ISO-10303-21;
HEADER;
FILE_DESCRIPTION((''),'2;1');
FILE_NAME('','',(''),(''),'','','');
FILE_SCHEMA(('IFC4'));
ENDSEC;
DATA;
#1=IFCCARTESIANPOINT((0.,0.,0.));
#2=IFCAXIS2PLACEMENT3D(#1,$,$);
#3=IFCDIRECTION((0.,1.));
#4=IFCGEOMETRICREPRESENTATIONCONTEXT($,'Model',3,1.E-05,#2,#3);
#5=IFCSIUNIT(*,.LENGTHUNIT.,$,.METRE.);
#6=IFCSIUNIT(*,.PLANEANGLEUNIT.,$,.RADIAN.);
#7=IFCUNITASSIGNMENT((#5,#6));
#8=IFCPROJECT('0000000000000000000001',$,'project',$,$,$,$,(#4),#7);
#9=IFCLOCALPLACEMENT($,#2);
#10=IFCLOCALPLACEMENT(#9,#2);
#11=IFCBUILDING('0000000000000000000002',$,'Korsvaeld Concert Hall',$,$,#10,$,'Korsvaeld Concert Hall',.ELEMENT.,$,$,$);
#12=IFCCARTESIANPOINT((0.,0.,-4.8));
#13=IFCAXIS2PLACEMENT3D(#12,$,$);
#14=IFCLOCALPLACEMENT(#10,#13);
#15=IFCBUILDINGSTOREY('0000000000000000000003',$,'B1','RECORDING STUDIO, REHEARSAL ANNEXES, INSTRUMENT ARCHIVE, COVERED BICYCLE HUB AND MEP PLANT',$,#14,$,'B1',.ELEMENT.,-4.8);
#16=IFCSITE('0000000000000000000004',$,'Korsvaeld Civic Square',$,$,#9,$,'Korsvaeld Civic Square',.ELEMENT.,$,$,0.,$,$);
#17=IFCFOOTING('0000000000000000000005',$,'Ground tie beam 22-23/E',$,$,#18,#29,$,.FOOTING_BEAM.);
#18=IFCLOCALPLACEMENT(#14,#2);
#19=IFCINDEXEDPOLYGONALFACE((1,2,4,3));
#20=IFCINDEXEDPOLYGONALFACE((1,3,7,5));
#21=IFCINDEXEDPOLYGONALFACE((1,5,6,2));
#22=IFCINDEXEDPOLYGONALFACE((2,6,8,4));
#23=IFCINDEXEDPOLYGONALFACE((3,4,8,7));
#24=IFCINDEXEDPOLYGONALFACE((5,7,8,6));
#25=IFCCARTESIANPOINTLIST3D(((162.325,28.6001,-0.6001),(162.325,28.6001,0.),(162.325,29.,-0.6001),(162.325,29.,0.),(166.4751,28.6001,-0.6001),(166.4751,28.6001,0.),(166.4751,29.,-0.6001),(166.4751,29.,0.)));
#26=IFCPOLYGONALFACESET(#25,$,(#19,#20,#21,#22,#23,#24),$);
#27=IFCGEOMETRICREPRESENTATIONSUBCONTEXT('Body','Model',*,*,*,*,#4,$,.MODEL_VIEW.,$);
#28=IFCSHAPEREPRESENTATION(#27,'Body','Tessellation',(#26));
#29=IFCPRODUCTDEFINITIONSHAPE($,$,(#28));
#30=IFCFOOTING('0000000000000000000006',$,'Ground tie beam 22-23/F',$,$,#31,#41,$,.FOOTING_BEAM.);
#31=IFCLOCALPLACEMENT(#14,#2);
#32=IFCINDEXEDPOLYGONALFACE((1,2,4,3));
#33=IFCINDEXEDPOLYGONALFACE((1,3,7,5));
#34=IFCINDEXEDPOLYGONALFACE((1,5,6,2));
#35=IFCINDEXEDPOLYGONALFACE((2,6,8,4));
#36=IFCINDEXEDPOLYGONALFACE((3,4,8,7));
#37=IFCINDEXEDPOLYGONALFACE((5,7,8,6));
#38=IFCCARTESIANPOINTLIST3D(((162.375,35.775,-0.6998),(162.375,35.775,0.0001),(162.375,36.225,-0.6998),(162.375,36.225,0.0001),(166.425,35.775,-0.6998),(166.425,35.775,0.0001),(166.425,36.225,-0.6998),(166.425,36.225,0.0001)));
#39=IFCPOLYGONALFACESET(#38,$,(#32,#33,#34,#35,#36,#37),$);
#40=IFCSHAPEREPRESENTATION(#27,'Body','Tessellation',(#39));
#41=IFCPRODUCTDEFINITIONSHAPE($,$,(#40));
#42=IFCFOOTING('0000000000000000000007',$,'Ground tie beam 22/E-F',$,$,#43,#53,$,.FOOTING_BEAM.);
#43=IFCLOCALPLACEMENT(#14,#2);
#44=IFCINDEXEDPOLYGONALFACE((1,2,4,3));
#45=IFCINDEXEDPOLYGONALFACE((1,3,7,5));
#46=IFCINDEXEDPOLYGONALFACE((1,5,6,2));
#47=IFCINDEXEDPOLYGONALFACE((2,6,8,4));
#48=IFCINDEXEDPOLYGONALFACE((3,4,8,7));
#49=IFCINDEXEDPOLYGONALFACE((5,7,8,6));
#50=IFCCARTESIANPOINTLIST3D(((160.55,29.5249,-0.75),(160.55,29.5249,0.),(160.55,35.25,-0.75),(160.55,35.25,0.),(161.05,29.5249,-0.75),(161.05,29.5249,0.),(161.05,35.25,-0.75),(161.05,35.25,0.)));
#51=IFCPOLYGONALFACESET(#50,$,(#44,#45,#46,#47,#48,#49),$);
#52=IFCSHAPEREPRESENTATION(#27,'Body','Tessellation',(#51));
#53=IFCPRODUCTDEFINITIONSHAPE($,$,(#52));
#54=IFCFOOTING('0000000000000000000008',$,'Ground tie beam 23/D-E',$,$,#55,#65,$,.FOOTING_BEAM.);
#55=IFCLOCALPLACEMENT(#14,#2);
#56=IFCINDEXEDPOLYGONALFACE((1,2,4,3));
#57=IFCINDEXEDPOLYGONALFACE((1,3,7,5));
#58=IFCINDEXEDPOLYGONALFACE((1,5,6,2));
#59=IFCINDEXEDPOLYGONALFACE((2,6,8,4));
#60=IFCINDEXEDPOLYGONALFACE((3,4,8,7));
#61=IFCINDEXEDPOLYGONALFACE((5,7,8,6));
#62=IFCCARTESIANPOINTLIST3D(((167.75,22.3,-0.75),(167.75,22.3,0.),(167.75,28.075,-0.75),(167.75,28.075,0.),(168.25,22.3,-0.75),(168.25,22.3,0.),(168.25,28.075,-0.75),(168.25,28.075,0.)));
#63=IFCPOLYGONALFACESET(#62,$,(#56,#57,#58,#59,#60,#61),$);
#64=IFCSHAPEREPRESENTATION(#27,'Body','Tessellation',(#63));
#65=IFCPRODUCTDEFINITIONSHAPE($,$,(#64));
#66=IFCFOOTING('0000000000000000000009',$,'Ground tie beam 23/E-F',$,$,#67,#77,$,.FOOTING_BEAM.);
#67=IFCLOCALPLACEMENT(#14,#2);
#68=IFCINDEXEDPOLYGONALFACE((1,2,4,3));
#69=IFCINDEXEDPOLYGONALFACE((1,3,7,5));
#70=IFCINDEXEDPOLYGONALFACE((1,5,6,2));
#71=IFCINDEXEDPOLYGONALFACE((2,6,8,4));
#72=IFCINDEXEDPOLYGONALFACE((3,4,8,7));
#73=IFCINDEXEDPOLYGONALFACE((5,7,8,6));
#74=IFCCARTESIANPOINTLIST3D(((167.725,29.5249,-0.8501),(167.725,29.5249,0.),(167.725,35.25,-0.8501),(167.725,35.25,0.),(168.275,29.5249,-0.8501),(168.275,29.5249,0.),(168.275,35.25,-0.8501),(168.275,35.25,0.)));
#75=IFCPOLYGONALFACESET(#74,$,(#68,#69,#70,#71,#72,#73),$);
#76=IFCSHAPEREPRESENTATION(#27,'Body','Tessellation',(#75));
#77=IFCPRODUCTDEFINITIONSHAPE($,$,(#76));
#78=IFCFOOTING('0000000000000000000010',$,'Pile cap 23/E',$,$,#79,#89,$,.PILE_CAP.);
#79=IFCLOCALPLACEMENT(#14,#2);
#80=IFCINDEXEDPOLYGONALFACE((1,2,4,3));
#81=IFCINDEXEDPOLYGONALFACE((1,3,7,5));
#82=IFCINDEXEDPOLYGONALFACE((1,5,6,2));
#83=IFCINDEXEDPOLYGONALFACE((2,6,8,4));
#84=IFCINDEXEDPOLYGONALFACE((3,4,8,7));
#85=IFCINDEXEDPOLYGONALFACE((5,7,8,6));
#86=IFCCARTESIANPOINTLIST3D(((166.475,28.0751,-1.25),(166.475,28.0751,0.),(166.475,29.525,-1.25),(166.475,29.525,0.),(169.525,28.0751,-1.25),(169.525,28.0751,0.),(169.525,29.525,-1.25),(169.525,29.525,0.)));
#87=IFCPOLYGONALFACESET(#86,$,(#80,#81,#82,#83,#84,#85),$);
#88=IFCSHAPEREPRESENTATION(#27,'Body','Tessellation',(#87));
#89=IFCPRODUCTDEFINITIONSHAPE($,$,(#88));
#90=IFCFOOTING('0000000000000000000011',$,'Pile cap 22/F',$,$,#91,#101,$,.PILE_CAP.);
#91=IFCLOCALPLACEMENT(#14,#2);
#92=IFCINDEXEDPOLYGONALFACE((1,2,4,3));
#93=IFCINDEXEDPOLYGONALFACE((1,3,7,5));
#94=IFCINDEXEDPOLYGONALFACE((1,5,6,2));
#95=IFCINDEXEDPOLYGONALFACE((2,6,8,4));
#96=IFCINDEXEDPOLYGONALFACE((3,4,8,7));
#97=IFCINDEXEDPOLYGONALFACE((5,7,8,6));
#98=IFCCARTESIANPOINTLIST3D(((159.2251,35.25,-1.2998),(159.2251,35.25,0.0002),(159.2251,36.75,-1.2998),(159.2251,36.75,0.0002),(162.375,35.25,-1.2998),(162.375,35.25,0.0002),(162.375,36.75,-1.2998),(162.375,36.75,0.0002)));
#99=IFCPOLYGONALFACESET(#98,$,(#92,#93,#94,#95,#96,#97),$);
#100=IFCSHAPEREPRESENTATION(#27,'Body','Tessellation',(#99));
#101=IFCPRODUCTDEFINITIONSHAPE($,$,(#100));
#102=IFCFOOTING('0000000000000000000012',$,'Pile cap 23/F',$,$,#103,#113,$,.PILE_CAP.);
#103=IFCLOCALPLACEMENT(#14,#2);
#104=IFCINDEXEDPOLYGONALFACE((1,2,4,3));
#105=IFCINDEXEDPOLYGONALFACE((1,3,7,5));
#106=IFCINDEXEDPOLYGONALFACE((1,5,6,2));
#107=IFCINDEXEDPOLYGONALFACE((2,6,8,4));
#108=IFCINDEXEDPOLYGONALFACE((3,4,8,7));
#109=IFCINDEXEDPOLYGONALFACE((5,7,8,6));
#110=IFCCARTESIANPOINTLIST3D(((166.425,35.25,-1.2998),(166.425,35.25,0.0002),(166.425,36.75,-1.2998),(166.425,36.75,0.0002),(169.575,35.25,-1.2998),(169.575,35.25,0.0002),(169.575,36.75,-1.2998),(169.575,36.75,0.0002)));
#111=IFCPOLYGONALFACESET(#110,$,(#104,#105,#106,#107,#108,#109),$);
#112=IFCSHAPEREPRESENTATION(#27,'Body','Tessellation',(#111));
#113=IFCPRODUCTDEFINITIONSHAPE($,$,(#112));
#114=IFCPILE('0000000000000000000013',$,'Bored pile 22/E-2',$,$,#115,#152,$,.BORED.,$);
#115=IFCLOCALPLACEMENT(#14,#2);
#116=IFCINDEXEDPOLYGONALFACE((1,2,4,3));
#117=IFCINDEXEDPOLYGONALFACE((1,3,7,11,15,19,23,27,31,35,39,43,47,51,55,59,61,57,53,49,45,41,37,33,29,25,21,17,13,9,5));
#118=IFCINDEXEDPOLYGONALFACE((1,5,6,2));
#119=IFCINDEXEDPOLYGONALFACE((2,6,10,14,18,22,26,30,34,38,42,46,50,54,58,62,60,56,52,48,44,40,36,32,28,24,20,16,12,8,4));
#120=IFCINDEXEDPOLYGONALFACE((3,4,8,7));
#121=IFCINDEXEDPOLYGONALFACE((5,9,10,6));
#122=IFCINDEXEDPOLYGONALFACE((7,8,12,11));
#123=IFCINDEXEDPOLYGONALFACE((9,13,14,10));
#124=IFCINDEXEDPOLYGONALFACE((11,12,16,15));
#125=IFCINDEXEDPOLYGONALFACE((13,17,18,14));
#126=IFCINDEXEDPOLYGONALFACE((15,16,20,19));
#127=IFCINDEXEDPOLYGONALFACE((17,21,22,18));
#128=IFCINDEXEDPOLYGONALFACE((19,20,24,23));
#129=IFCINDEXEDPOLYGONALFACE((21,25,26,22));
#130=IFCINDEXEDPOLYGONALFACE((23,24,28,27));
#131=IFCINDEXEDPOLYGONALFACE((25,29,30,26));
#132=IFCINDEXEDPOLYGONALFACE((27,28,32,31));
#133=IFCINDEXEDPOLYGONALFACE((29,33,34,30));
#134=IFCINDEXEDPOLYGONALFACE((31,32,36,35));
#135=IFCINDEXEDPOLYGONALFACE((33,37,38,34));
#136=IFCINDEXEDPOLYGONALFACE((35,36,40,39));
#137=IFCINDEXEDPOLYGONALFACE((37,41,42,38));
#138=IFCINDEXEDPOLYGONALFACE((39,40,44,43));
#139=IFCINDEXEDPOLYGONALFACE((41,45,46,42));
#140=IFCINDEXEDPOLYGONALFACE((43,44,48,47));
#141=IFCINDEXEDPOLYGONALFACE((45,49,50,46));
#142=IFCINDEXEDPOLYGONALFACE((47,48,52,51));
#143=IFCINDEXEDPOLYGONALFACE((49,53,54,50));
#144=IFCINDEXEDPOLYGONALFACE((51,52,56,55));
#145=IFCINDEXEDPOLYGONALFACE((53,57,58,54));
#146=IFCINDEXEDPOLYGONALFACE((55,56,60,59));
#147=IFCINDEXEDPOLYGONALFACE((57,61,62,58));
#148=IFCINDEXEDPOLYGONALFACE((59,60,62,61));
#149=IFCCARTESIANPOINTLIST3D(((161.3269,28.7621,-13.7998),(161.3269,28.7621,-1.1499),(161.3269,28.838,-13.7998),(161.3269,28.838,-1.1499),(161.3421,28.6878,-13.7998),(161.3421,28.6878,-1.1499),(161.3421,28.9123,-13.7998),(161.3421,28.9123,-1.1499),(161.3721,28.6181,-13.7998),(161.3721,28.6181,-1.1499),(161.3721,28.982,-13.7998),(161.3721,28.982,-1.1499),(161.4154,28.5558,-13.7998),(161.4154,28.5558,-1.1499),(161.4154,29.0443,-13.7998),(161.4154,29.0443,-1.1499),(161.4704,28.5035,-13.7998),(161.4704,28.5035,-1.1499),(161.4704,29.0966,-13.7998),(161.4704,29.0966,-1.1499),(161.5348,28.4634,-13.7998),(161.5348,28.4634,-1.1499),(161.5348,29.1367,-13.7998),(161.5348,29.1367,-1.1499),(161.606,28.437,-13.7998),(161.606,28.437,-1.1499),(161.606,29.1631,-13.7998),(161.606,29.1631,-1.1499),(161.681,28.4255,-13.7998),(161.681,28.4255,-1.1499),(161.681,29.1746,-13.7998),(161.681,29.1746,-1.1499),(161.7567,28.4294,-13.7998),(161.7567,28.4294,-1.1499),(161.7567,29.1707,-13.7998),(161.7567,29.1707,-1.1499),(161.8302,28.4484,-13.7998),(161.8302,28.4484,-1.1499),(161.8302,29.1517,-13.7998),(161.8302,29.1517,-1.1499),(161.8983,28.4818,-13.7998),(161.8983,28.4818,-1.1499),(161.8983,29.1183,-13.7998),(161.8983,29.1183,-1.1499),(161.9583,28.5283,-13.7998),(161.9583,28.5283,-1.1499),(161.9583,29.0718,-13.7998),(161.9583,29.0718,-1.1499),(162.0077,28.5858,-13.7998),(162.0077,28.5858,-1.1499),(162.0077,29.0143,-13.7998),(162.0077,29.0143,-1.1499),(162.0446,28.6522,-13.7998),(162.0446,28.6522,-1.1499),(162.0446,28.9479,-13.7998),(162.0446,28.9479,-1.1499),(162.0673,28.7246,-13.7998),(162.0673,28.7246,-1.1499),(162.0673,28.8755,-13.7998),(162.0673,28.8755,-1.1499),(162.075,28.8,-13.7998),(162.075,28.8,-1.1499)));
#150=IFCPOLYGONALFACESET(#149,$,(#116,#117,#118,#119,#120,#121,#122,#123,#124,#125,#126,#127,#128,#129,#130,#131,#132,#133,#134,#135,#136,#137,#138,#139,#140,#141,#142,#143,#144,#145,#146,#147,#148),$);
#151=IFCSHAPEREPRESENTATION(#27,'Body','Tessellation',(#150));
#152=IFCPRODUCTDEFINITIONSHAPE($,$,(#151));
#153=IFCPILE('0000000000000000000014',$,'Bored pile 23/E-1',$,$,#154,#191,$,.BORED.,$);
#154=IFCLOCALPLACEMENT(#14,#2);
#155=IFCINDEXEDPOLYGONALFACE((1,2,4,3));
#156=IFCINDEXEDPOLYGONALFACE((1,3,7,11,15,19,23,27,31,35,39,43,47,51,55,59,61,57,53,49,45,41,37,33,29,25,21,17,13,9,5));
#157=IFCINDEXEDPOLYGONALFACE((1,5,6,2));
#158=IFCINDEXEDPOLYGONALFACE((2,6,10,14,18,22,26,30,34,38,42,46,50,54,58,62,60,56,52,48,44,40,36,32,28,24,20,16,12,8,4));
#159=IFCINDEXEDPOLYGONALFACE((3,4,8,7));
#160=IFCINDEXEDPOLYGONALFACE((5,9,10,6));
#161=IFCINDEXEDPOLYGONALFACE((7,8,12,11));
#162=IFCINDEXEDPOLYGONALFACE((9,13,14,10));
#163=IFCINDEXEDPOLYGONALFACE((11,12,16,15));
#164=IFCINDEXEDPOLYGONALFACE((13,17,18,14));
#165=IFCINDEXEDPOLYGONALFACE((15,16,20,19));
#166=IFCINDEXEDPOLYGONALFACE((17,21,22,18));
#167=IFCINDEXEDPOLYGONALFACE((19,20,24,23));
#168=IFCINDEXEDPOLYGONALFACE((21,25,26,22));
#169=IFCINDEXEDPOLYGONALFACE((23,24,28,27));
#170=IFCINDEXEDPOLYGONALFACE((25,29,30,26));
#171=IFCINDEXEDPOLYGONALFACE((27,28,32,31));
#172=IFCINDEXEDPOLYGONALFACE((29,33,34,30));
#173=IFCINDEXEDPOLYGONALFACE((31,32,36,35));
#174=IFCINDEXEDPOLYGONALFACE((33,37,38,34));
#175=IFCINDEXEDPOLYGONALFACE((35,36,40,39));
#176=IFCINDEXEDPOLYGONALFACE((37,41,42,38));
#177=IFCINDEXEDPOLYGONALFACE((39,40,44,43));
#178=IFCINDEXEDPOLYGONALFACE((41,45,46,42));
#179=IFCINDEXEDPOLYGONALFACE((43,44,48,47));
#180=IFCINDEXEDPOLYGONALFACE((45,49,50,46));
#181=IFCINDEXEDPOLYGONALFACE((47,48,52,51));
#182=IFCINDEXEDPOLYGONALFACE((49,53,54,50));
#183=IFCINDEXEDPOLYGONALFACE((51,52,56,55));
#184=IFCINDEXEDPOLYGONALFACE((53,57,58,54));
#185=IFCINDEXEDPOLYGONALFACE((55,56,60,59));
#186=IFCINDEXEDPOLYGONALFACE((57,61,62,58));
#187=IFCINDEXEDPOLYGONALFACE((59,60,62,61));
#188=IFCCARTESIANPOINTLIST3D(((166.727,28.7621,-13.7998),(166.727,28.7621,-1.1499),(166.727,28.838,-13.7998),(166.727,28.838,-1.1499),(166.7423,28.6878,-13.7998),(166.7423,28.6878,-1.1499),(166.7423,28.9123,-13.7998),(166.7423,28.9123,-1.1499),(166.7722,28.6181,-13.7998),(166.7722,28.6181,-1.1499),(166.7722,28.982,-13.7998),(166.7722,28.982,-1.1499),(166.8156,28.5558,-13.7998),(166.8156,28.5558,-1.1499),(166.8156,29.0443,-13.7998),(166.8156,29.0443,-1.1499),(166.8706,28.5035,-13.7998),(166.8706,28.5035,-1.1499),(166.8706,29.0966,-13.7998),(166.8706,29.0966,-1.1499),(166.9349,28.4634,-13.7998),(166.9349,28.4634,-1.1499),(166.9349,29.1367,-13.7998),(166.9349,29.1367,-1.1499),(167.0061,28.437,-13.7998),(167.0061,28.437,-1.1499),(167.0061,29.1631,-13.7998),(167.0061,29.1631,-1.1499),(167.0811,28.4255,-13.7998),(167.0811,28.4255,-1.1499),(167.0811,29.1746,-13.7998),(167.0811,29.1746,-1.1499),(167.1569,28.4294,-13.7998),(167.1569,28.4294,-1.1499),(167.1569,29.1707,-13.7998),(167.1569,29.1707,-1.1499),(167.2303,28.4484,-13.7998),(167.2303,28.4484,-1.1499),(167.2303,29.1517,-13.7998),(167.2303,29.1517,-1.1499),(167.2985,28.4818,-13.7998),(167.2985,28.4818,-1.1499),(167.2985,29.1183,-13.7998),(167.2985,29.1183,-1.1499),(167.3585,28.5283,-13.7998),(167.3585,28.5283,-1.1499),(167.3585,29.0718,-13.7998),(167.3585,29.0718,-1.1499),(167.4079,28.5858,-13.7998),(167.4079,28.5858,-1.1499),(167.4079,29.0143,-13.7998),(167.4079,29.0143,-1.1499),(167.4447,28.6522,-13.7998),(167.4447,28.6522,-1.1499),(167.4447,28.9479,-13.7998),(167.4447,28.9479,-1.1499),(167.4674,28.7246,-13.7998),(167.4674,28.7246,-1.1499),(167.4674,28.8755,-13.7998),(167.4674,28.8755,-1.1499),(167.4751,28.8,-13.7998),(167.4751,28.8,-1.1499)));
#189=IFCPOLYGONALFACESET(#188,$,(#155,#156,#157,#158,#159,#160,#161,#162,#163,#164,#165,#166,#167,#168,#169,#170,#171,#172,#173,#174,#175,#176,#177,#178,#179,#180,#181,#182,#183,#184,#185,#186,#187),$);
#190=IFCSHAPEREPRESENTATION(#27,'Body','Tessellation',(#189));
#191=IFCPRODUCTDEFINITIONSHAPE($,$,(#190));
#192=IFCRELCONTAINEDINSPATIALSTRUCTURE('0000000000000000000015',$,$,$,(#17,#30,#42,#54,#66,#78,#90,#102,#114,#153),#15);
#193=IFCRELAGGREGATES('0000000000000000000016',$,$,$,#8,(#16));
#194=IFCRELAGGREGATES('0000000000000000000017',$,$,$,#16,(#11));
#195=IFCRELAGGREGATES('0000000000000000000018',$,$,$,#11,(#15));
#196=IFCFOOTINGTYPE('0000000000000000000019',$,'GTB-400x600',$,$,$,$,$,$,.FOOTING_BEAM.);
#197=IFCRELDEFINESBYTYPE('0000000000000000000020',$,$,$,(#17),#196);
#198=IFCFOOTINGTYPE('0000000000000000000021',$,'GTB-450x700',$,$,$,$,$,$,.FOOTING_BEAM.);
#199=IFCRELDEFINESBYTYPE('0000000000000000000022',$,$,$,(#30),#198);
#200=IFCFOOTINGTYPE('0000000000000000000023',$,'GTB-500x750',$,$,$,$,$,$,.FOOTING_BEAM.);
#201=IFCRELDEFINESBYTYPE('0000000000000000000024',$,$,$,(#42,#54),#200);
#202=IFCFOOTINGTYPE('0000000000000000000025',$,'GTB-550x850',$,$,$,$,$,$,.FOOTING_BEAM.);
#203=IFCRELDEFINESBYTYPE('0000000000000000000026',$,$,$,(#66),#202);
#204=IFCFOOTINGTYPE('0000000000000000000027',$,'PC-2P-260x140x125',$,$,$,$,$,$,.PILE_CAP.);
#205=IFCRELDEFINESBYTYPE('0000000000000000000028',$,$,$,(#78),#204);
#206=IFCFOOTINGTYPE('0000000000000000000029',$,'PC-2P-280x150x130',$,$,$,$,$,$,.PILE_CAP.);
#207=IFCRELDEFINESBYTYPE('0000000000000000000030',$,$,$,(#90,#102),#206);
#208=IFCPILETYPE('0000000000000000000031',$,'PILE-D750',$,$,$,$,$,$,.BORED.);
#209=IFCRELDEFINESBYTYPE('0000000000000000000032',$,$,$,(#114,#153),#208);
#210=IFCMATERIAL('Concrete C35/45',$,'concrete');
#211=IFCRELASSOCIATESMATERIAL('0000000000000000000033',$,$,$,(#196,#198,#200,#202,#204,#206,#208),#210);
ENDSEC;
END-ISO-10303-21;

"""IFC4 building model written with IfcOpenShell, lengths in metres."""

from ifc_helpers import new_model, si_unit, direction, frame, origin, origin_2d, place, context, subcontext, project, spatial, rectangle, circle, extrude, material, material_profile, profile_set, type_object, element, save


model = new_model("IFC4")

# Units and contexts
model_context = context("Model", 3, precision=1e-05, world=origin(), true_north=direction((0.0, 1.0)))
body_context = subcontext(model_context, "Body", "Model", "MODEL_VIEW")
ifc_project = project(units=[si_unit("LENGTHUNIT", "METRE"), si_unit("PLANEANGLEUNIT", "RADIAN")], contexts=[model_context])

# Site, building, storey
site_placement = place(None, origin())
site = spatial("IfcSite", under=ifc_project, at=site_placement, Name="Korsvaeld Civic Square", LongName="Korsvaeld Civic Square", CompositionType="ELEMENT", RefElevation=0.0)
building_placement = place(site_placement, origin())
building = spatial("IfcBuilding", under=site, at=building_placement, Name="Korsvaeld Concert Hall", LongName="Korsvaeld Concert Hall", CompositionType="ELEMENT")
storey_placement = place(building_placement, frame((0.0, 0.0, -4.8)))
storey = spatial("IfcBuildingStorey", under=building, at=storey_placement, Name="B1", Description="RECORDING STUDIO, REHEARSAL ANNEXES, INSTRUMENT ARCHIVE, COVERED BICYCLE HUB AND MEP PLANT", LongName="B1", CompositionType="ELEMENT", Elevation=-4.8)

# Footings
ifc_material_1 = material(Name="Concrete C35/45", Category="concrete")
ifc_material_profile_1 = material_profile(ifc_material_1, rectangle(XDim=0.3999, YDim=0.6001, at=origin_2d()), Name="GTB 400x600")
ifc_profile_set_1 = profile_set([ifc_material_profile_1], Name="Concrete C35/45")
footing_type_1 = type_object("IfcFootingType", Name="GTB-400x600", PredefinedType="FOOTING_BEAM", material=ifc_profile_set_1)
footing_1_placement = place(storey_placement, frame((162.325, 28.8, -0.3), z_axis=(1.0, 0.0, 0.0), x_axis=(0.0, 1.0, 0.0)))
element("IfcFooting", 1, at=footing_1_placement, inside=storey, type_object=footing_type_1, Name="Ground tie beam 22-23/E", PredefinedType="FOOTING_BEAM", context=body_context, shape_type="SweptSolid", body=[
    extrude(rectangle(XDim=0.3999, YDim=0.6001, at=origin_2d()), origin(), (0.0, 0.0, 1.0), 4.1501),
])
ifc_material_profile_2 = material_profile(ifc_material_1, rectangle(XDim=0.45, YDim=0.7, at=origin_2d()), Name="GTB 450x700")
ifc_profile_set_2 = profile_set([ifc_material_profile_2], Name="Concrete C35/45")
footing_type_2 = type_object("IfcFootingType", Name="GTB-450x700", PredefinedType="FOOTING_BEAM", material=ifc_profile_set_2)
footing_2_placement = place(storey_placement, frame((162.375, 36.0, -0.3499), z_axis=(1.0, 0.0, 0.0), x_axis=(0.0, 1.0, 0.0)))
element("IfcFooting", 2, at=footing_2_placement, inside=storey, type_object=footing_type_2, Name="Ground tie beam 22-23/F", PredefinedType="FOOTING_BEAM", context=body_context, shape_type="SweptSolid", body=[
    extrude(rectangle(XDim=0.45, YDim=0.7, at=origin_2d()), origin(), (0.0, 0.0, 1.0), 4.05),
])
ifc_material_profile_3 = material_profile(ifc_material_1, rectangle(XDim=0.5, YDim=0.75, at=origin_2d()), Name="GTB 500x750")
ifc_profile_set_3 = profile_set([ifc_material_profile_3], Name="Concrete C35/45")
footing_type_3 = type_object("IfcFootingType", Name="GTB-500x750", PredefinedType="FOOTING_BEAM", material=ifc_profile_set_3)
footing_3_placement = place(storey_placement, frame((160.8, 29.5249, -0.375), z_axis=(0.0, 1.0, 0.0), x_axis=(-1.0, 0.0, 0.0)))
element("IfcFooting", 3, at=footing_3_placement, inside=storey, type_object=footing_type_3, Name="Ground tie beam 22/E-F", PredefinedType="FOOTING_BEAM", context=body_context, shape_type="SweptSolid", body=[
    extrude(rectangle(XDim=0.5, YDim=0.75, at=origin_2d()), origin(), (0.0, 0.0, 1.0), 5.7251),
])
footing_4_placement = place(storey_placement, frame((168.0, 22.3, -0.375), z_axis=(0.0, 1.0, 0.0), x_axis=(-1.0, 0.0, 0.0)))
element("IfcFooting", 4, at=footing_4_placement, inside=storey, type_object=footing_type_3, Name="Ground tie beam 23/D-E", PredefinedType="FOOTING_BEAM", context=body_context, shape_type="SweptSolid", body=[
    extrude(rectangle(XDim=0.5, YDim=0.75, at=origin_2d()), origin(), (0.0, 0.0, 1.0), 5.7749),
])
ifc_material_profile_4 = material_profile(ifc_material_1, rectangle(XDim=0.55, YDim=0.8501, at=origin_2d()), Name="GTB 550x850")
ifc_profile_set_4 = profile_set([ifc_material_profile_4], Name="Concrete C35/45")
footing_type_4 = type_object("IfcFootingType", Name="GTB-550x850", PredefinedType="FOOTING_BEAM", material=ifc_profile_set_4)
footing_5_placement = place(storey_placement, frame((168.0, 29.5249, -0.425), z_axis=(0.0, 1.0, 0.0), x_axis=(-1.0, 0.0, 0.0)))
element("IfcFooting", 5, at=footing_5_placement, inside=storey, type_object=footing_type_4, Name="Ground tie beam 23/E-F", PredefinedType="FOOTING_BEAM", context=body_context, shape_type="SweptSolid", body=[
    extrude(rectangle(XDim=0.55, YDim=0.8501, at=origin_2d()), origin(), (0.0, 0.0, 1.0), 5.7251),
])
footing_type_5 = type_object("IfcFootingType", Name="PC-2P-260x140x125", PredefinedType="PILE_CAP", material=ifc_material_1)
footing_6_placement = place(storey_placement, frame((168.0, 28.8, -1.25), z_axis=(0.0, 0.0, 1.0), x_axis=(1.0, 0.0, 0.0)))
element("IfcFooting", 6, at=footing_6_placement, inside=storey, type_object=footing_type_5, Name="Pile cap 23/E", PredefinedType="PILE_CAP", context=body_context, shape_type="SweptSolid", body=[
    extrude(rectangle(XDim=3.05, YDim=1.45, at=origin_2d()), origin(), (0.0, 0.0, 1.0), 1.25),
])
footing_type_6 = type_object("IfcFootingType", Name="PC-2P-280x150x130", PredefinedType="PILE_CAP", material=ifc_material_1)
for number, where, z_axis, x_axis, name in (
    (7, (160.8, 36.0, -1.2998), (0.0, 0.0, 1.0), (1.0, 0.0, 0.0), "Pile cap 22/F"),
    (8, (168.0, 36.0, -1.2998), (0.0, 0.0, 1.0), (1.0, 0.0, 0.0), "Pile cap 23/F"),
):
    element("IfcFooting", number, at=place(storey_placement, frame(where, z_axis=z_axis, x_axis=x_axis)), inside=storey, type_object=footing_type_6, Name=name, PredefinedType="PILE_CAP", context=body_context, shape_type="SweptSolid", body=[
        extrude(rectangle(XDim=3.1499, YDim=1.5, at=origin_2d()), origin(), (0.0, 0.0, 1.0), 1.3),
    ])

# Piles
ifc_material_profile_5 = material_profile(ifc_material_1, circle(Radius=0.375, at=origin_2d()), Name="BORED PILE D750")
ifc_profile_set_5 = profile_set([ifc_material_profile_5], Name="Concrete C35/45")
pile_type_1 = type_object("IfcPileType", Name="PILE-D750", PredefinedType="BORED", material=ifc_profile_set_5)
for number, where, z_axis, x_axis, name in (
    (9, (161.7, 28.8, -1.1499), (0.0, 0.0, -1.0), (1.0, 0.0, 0.0), "Bored pile 22/E-2"),
    (10, (167.1001, 28.8, -1.1499), (0.0, 0.0, -1.0), (1.0, 0.0, 0.0), "Bored pile 23/E-1"),
):
    element("IfcPile", number, at=place(storey_placement, frame(where, z_axis=z_axis, x_axis=x_axis)), inside=storey, type_object=pile_type_1, Name=name, PredefinedType="BORED", context=body_context, shape_type="SweptSolid", body=[
        extrude(circle(Radius=0.375, at=origin_2d()), origin(), (0.0, 0.0, 1.0), 12.6499),
    ])

save(model, "model.ifc")
